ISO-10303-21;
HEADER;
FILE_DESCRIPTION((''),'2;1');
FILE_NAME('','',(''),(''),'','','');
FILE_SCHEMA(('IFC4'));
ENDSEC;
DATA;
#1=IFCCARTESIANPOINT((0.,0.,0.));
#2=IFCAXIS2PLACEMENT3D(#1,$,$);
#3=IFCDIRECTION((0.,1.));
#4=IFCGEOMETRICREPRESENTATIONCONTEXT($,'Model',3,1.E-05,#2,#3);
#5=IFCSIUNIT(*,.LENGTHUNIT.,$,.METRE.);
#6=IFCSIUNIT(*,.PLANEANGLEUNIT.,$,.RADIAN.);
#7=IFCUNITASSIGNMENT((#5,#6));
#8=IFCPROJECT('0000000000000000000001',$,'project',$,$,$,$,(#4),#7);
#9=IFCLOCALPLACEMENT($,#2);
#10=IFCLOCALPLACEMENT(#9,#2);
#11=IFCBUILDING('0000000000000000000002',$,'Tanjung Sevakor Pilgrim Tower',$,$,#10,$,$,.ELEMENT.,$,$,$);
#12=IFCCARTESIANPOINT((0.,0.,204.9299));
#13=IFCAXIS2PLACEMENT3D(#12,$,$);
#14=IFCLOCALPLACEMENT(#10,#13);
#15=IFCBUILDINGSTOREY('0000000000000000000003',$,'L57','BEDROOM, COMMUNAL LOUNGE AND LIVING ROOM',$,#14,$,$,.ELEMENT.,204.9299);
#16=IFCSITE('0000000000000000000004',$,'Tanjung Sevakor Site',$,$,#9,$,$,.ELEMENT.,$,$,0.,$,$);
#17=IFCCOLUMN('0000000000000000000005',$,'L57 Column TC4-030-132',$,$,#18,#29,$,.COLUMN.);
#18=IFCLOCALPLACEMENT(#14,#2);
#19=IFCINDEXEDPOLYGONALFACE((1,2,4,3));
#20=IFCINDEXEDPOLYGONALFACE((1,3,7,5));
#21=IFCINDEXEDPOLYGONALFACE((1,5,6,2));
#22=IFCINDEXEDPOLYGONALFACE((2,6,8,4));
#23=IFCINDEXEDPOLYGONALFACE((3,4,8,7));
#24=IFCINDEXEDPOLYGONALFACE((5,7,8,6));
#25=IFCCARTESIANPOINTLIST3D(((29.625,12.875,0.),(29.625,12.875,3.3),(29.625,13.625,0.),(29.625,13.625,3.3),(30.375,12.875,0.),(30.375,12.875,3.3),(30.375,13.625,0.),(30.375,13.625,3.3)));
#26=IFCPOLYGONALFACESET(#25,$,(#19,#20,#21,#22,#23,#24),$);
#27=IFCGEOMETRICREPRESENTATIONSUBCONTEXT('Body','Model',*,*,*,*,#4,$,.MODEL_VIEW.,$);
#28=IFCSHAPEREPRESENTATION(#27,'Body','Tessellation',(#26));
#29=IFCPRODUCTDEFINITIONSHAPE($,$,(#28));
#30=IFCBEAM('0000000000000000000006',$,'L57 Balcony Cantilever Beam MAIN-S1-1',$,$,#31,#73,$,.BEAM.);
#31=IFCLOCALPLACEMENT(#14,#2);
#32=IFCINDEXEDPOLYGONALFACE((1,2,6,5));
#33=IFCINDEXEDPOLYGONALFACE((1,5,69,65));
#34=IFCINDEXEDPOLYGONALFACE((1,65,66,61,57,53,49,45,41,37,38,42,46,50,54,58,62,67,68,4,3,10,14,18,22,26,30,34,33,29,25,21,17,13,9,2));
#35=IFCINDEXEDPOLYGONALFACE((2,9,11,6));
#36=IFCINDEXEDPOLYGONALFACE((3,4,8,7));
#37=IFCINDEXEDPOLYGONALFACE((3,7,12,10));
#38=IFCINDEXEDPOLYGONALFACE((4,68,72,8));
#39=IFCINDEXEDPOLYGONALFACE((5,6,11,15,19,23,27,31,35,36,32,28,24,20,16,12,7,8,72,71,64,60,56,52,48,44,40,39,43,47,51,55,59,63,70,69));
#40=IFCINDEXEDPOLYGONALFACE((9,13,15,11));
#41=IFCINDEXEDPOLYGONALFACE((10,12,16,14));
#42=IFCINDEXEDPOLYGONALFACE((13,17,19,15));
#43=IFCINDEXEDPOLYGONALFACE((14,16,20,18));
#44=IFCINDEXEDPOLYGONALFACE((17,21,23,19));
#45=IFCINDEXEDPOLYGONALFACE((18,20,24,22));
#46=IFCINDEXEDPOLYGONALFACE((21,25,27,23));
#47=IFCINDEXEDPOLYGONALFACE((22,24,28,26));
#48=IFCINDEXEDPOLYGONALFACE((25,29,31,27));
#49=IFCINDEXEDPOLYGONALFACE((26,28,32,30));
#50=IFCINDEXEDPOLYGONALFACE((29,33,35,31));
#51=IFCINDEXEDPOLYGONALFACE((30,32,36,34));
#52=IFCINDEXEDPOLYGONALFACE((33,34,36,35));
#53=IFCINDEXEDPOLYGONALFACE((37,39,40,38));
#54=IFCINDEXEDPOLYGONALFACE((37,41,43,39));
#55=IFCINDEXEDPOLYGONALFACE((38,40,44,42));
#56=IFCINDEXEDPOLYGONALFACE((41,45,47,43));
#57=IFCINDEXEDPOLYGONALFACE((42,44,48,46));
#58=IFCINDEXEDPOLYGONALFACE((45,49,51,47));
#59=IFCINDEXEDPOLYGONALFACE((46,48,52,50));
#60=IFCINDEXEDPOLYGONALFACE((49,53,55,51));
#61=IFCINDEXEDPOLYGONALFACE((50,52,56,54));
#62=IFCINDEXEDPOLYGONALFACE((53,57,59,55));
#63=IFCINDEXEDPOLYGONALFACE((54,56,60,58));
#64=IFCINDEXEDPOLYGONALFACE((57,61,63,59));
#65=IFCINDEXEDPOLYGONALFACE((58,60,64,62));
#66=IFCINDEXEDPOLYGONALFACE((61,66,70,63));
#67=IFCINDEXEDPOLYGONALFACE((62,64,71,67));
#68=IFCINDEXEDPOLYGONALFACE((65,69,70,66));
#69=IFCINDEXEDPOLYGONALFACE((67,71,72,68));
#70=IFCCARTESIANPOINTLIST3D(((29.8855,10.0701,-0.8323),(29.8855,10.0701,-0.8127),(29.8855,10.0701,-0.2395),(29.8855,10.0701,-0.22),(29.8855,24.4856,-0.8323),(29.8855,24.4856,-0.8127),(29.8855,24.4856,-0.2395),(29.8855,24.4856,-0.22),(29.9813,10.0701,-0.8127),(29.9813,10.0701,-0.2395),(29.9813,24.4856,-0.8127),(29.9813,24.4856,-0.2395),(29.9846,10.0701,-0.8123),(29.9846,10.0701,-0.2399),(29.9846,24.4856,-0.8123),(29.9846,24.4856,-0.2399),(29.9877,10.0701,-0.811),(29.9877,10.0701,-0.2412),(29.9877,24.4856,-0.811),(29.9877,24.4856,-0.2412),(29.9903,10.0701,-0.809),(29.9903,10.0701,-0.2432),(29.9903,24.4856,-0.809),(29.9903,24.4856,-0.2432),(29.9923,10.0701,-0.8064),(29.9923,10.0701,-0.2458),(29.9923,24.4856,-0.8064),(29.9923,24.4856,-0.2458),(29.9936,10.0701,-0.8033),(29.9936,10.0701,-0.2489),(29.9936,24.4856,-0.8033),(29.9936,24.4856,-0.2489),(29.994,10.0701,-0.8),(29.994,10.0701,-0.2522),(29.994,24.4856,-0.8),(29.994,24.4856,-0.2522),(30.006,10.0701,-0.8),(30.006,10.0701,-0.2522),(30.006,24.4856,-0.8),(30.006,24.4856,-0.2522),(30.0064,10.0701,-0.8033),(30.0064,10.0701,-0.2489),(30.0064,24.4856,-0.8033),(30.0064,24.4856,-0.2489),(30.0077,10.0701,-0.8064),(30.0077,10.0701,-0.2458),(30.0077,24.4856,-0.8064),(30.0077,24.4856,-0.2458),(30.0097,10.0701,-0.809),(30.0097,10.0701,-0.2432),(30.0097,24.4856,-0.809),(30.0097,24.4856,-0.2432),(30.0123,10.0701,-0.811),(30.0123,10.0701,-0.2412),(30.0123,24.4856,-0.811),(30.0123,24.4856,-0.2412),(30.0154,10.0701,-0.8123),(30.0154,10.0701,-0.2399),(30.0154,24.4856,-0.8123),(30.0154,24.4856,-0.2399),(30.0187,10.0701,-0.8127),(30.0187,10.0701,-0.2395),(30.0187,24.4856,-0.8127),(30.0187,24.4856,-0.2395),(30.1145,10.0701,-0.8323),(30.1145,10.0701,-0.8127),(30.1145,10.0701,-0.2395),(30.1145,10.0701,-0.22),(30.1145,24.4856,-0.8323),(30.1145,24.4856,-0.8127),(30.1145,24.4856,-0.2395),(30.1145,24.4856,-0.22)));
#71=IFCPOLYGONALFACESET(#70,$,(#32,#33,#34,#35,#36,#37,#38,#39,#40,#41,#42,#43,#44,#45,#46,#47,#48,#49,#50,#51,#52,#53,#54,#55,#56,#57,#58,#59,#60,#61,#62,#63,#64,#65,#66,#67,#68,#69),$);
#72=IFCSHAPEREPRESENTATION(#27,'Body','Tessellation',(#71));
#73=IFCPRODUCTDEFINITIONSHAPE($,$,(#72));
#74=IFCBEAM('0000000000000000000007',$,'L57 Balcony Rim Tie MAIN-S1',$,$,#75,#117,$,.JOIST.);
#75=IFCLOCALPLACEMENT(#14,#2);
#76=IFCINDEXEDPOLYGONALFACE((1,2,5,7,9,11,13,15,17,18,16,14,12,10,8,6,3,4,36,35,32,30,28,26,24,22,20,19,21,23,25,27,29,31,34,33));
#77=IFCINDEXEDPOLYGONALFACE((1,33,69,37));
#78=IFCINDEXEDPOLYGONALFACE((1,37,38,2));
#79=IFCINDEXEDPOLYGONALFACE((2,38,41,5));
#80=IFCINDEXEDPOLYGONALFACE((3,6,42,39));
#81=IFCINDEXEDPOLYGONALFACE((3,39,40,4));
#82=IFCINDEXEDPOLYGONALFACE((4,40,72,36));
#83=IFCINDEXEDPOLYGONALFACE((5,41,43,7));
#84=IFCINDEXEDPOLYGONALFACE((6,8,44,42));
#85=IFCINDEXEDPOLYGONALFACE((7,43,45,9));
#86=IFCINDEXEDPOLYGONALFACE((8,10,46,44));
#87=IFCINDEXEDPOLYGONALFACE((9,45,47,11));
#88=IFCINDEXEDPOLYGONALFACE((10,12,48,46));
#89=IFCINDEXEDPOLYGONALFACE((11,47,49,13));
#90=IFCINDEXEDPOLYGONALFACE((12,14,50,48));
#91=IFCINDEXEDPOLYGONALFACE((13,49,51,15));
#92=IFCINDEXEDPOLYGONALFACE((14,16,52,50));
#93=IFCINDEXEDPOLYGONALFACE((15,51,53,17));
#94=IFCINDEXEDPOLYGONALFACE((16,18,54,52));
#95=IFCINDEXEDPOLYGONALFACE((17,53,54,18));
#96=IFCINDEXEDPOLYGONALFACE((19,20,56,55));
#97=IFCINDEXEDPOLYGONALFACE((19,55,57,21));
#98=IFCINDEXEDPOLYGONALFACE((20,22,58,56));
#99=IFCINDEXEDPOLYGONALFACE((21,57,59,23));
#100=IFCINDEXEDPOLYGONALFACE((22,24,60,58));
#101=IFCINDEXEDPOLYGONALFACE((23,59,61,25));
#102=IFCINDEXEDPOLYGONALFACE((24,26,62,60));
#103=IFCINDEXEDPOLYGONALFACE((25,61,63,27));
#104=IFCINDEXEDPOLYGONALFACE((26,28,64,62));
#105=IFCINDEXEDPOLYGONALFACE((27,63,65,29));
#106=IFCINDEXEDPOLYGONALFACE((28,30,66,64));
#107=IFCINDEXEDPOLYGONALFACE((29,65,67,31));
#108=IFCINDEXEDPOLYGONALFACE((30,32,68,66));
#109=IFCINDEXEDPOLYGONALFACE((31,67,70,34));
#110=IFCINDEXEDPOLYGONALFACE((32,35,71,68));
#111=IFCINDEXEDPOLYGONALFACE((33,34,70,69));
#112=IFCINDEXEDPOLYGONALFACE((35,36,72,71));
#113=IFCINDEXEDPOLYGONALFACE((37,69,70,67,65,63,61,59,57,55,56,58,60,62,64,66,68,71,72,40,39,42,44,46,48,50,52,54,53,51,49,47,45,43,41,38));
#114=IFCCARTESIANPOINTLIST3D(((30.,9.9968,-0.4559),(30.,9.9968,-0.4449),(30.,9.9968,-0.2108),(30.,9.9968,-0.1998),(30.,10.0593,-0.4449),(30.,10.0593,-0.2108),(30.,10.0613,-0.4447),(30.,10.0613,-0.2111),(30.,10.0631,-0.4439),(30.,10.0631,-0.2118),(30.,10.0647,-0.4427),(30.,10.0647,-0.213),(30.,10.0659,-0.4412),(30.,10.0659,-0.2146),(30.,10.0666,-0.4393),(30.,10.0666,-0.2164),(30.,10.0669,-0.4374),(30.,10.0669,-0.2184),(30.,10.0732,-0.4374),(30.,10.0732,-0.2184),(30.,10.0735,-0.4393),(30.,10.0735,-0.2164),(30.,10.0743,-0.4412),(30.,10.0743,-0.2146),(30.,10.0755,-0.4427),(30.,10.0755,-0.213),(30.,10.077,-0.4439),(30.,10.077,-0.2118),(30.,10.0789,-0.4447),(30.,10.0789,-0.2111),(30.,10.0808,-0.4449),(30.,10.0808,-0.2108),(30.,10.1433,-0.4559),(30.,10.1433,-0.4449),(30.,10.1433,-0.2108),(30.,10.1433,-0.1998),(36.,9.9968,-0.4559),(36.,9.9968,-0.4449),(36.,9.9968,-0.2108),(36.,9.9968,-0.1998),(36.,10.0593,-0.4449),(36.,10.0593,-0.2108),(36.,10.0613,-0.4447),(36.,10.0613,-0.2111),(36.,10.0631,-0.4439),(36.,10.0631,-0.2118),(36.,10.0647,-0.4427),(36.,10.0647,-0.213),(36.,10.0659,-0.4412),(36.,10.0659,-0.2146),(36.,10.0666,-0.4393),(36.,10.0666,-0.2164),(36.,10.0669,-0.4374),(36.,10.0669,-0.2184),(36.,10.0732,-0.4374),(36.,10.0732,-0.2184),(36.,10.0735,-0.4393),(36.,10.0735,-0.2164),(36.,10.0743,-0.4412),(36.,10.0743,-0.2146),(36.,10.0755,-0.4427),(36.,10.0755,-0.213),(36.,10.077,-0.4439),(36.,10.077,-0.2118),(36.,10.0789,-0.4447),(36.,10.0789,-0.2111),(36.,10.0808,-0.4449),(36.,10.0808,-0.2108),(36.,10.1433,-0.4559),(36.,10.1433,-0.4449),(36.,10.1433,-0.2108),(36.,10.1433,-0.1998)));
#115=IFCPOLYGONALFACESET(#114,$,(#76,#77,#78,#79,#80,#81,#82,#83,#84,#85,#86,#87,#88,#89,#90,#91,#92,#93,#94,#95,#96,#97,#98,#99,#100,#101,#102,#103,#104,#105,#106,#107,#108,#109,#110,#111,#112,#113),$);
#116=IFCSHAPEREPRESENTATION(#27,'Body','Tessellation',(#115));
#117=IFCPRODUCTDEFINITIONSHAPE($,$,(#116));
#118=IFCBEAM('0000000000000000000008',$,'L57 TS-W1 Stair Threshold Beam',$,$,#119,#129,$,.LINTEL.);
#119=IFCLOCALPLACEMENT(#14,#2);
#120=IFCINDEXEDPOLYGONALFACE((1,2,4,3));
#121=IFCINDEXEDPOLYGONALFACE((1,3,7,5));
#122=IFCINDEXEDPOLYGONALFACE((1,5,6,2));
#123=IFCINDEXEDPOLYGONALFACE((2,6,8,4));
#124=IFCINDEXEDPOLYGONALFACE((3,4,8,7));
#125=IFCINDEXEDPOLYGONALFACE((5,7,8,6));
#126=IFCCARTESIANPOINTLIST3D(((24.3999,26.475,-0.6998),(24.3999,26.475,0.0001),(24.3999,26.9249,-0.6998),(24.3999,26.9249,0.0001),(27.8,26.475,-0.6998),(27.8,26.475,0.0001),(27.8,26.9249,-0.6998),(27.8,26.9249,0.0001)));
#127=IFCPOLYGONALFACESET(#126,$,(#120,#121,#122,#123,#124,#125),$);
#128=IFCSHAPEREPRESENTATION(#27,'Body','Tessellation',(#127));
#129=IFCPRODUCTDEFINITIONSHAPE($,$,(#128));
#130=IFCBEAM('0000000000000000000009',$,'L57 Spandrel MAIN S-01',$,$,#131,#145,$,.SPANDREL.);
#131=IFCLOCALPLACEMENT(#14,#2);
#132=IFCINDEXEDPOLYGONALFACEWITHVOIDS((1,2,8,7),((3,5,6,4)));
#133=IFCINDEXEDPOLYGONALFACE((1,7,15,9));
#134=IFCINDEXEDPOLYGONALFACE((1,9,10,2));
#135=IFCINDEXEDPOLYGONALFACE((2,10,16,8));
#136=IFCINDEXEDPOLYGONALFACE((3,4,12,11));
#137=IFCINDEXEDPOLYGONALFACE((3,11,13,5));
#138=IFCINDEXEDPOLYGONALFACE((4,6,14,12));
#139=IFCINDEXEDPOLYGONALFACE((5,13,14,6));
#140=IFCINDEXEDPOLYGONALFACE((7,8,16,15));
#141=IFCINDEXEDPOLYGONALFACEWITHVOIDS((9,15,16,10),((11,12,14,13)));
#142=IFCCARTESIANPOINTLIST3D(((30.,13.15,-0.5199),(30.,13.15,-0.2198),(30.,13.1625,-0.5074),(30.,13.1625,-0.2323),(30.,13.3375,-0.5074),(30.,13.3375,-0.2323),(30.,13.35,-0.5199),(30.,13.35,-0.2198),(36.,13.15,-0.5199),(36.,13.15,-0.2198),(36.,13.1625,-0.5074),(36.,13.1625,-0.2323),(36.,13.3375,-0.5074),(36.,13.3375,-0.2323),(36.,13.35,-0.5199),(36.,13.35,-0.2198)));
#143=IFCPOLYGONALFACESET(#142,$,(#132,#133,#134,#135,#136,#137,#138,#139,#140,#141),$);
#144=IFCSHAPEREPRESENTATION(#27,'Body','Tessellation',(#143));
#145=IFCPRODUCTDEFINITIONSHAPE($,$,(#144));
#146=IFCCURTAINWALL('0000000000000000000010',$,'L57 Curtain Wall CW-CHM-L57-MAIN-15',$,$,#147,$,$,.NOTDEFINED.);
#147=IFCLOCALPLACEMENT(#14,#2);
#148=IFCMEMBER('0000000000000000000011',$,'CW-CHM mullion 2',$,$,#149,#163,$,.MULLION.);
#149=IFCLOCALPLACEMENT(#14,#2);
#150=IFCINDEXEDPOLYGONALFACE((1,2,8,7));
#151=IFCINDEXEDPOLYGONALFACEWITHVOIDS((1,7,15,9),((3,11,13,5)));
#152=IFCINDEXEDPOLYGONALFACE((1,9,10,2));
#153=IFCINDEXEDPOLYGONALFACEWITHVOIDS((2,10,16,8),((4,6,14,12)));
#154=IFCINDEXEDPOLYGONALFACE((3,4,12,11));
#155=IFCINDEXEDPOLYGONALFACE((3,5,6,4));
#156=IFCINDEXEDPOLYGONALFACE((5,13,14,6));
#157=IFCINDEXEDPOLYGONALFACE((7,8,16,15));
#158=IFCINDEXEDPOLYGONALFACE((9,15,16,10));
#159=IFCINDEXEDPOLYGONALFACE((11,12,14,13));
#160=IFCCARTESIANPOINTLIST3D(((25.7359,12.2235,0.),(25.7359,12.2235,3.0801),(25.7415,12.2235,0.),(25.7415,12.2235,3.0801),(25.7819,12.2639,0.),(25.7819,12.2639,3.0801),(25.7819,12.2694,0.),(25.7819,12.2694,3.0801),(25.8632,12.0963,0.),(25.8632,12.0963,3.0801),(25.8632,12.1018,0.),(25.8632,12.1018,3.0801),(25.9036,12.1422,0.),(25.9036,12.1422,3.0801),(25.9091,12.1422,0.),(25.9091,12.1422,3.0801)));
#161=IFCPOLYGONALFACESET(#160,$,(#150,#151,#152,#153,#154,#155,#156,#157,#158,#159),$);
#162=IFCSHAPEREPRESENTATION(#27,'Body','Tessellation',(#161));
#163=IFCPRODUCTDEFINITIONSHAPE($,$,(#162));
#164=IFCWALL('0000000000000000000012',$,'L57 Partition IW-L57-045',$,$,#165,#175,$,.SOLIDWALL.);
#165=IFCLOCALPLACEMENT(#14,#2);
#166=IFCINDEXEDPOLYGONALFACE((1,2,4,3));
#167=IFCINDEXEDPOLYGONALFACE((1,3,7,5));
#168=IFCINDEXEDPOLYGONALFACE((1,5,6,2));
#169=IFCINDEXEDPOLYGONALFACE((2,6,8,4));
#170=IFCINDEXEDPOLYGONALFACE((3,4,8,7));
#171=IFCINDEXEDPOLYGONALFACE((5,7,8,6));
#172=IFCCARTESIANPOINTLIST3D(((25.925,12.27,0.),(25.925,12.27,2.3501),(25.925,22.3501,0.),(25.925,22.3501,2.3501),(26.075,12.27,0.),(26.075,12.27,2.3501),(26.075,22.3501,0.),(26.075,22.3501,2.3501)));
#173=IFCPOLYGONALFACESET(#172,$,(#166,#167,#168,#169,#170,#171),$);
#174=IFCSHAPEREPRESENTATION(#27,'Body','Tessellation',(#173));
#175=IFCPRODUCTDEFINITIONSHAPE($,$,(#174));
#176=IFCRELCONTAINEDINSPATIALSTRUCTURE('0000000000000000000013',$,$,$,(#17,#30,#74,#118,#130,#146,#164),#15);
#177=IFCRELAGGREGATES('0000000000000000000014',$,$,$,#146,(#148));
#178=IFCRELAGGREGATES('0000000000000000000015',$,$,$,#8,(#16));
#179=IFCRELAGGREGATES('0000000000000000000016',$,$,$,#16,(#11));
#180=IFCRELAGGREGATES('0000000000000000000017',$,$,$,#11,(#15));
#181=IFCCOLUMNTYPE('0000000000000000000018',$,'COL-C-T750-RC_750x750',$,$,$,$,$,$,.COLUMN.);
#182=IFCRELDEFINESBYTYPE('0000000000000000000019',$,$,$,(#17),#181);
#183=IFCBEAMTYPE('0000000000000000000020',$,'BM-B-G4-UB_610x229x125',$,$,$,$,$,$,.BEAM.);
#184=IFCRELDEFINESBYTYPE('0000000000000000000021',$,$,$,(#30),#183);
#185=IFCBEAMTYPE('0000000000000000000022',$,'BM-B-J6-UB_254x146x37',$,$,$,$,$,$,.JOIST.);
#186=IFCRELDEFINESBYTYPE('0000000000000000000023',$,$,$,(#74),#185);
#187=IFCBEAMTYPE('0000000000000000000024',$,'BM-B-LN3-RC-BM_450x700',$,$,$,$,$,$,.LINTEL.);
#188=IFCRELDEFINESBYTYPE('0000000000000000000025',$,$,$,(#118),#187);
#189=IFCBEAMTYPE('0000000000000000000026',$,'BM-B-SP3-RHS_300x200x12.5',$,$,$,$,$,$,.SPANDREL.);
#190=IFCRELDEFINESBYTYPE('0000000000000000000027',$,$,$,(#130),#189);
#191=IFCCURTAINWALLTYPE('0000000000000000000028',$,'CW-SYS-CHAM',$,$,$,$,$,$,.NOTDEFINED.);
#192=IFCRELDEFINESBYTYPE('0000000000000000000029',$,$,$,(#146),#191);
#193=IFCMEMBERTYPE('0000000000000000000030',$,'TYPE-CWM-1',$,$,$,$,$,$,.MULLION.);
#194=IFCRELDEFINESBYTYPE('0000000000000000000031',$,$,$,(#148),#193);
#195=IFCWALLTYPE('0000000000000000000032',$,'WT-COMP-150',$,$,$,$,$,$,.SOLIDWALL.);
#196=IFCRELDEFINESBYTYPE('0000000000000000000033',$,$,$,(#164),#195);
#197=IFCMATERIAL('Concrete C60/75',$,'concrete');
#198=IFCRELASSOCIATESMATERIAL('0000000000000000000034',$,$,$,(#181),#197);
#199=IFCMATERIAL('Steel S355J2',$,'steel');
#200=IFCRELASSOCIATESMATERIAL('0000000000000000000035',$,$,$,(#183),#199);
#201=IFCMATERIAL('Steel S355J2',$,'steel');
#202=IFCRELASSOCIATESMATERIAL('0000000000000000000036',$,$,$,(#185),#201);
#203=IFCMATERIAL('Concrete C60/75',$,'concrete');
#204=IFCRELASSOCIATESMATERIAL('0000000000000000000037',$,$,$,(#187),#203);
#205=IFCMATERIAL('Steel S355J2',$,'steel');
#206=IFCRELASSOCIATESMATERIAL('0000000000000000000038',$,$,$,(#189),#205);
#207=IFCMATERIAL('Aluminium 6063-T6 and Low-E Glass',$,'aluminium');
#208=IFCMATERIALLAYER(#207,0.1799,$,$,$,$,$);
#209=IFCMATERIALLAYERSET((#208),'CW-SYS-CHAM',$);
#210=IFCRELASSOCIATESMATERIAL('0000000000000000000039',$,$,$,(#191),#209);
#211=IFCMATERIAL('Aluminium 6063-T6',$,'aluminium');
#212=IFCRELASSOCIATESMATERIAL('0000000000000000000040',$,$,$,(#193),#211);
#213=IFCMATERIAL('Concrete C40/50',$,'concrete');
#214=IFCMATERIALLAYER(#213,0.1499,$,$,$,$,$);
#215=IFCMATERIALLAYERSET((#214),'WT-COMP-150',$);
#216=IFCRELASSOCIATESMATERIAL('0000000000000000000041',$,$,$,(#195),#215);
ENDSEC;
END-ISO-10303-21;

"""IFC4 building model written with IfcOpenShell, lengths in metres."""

from ifc_helpers import new_model, si_unit, direction, frame, frame_2d, origin, origin_2d, place, context, subcontext, project, spatial, rectangle, hollow_rectangle, i_section, extrude, material, layer, layer_set, material_profile, profile_set, type_object, element, aggregate, save


model = new_model("IFC4")

# Units and contexts
model_context = context("Model", 3, precision=1e-05, world=origin(), true_north=direction((0.0, 1.0)))
body_context = subcontext(model_context, "Body", "Model", "MODEL_VIEW")
ifc_project = project(units=[si_unit("LENGTHUNIT", "METRE"), si_unit("PLANEANGLEUNIT", "RADIAN")], contexts=[model_context])

# Site, building, storey
site_placement = place(None, origin())
site = spatial("IfcSite", under=ifc_project, at=site_placement, Name="Tanjung Sevakor Site", CompositionType="ELEMENT", RefElevation=0.0)
building_placement = place(site_placement, origin())
building = spatial("IfcBuilding", under=site, at=building_placement, Name="Tanjung Sevakor Pilgrim Tower", CompositionType="ELEMENT")
storey_placement = place(building_placement, frame((0.0, 0.0, 204.9299)))
storey = spatial("IfcBuildingStorey", under=building, at=storey_placement, Name="L57", Description="BEDROOM, COMMUNAL LOUNGE AND LIVING ROOM", CompositionType="ELEMENT", Elevation=204.9299)

# Column
ifc_material_1 = material(Name="Concrete C60/75", Category="concrete")
ifc_material_profile_1 = material_profile(ifc_material_1, rectangle(XDim=0.75, YDim=0.75, at=origin_2d()))
ifc_profile_set_1 = profile_set([ifc_material_profile_1], Name="Concrete C60/75")
column_type = type_object("IfcColumnType", Name="COL-C-T750-RC_750x750", PredefinedType="COLUMN", material=ifc_profile_set_1)
column_placement = place(storey_placement, frame((30.0, 13.25, 0.0), z_axis=(0.0, 0.0, 1.0), x_axis=(1.0, 0.0, 0.0)))
element("IfcColumn", 1, at=column_placement, inside=storey, type_object=column_type, Name="L57 Column TC4-030-132", PredefinedType="COLUMN", context=body_context, shape_type="SweptSolid", body=[
    extrude(rectangle(XDim=0.75, YDim=0.75, at=origin_2d()), origin(), (0.0, 0.0, 1.0), 3.3),
])

# Beams
ifc_material_2 = material(Name="Steel S355J2", Category="steel")
ifc_material_profile_2 = material_profile(ifc_material_2, i_section(OverallWidth=0.229, OverallDepth=0.6123, WebThickness=0.012, FlangeThickness=0.0195, FilletRadius=0.0127, at=origin_2d()))
ifc_profile_set_2 = profile_set([ifc_material_profile_2], Name="Steel S355J2")
beam_type_1 = type_object("IfcBeamType", Name="BM-B-G4-UB_610x229x125", PredefinedType="BEAM", material=ifc_profile_set_2)
beam_1_placement = place(storey_placement, frame((30.0, 24.4856, -0.5261), z_axis=(0.0, -1.0, 0.0), x_axis=(1.0, 0.0, 0.0)))
element("IfcBeam", 2, at=beam_1_placement, inside=storey, type_object=beam_type_1, Name="L57 Balcony Cantilever Beam MAIN-S1-1", PredefinedType="BEAM", context=body_context, shape_type="SweptSolid", body=[
    extrude(i_section(OverallWidth=0.229, OverallDepth=0.6123, WebThickness=0.012, FlangeThickness=0.0195, FilletRadius=0.0127, at=origin_2d()), origin(), (0.0, 0.0, 1.0), 14.4155),
])
ifc_material_3 = material(Name="Steel S355J2", Category="steel")
ifc_material_profile_3 = material_profile(ifc_material_3, i_section(OverallWidth=0.1465, OverallDepth=0.2561, WebThickness=0.0063, FlangeThickness=0.011, FilletRadius=0.0076, at=origin_2d()))
ifc_profile_set_3 = profile_set([ifc_material_profile_3], Name="Steel S355J2")
beam_type_2 = type_object("IfcBeamType", Name="BM-B-J6-UB_254x146x37", PredefinedType="JOIST", material=ifc_profile_set_3)
beam_2_placement = place(storey_placement, frame((30.0, 10.0701, -0.3279), z_axis=(1.0, 0.0, 0.0), x_axis=(0.0, 1.0, 0.0)))
element("IfcBeam", 3, at=beam_2_placement, inside=storey, type_object=beam_type_2, Name="L57 Balcony Rim Tie MAIN-S1", PredefinedType="JOIST", context=body_context, shape_type="SweptSolid", body=[
    extrude(i_section(OverallWidth=0.1465, OverallDepth=0.2561, WebThickness=0.0063, FlangeThickness=0.011, FilletRadius=0.0076, at=origin_2d()), origin(), (0.0, 0.0, 1.0), 6.0),
])
ifc_material_4 = material(Name="Concrete C60/75", Category="concrete")
ifc_material_profile_4 = material_profile(ifc_material_4, rectangle(XDim=0.45, YDim=0.7, at=origin_2d()))
ifc_profile_set_4 = profile_set([ifc_material_profile_4], Name="Concrete C60/75")
beam_type_3 = type_object("IfcBeamType", Name="BM-B-LN3-RC-BM_450x700", PredefinedType="LINTEL", material=ifc_profile_set_4)
beam_3_placement = place(storey_placement, frame((24.3999, 26.7, -0.3499), z_axis=(1.0, 0.0, 0.0), x_axis=(0.0, 1.0, 0.0)))
element("IfcBeam", 4, at=beam_3_placement, inside=storey, type_object=beam_type_3, Name="L57 TS-W1 Stair Threshold Beam", PredefinedType="LINTEL", context=body_context, shape_type="SweptSolid", body=[
    extrude(rectangle(XDim=0.45, YDim=0.7, at=origin_2d()), origin(), (0.0, 0.0, 1.0), 3.4001),
])
ifc_material_5 = material(Name="Steel S355J2", Category="steel")
ifc_material_profile_5 = material_profile(ifc_material_5, hollow_rectangle(XDim=0.2, YDim=0.3, WallThickness=0.0125, at=origin_2d()))
ifc_profile_set_5 = profile_set([ifc_material_profile_5], Name="Steel S355J2")
beam_type_4 = type_object("IfcBeamType", Name="BM-B-SP3-RHS_300x200x12.5", PredefinedType="SPANDREL", material=ifc_profile_set_5)
beam_4_placement = place(storey_placement, frame((30.0, 13.25, -0.3699), z_axis=(1.0, 0.0, 0.0), x_axis=(0.0, 1.0, 0.0)))
element("IfcBeam", 5, at=beam_4_placement, inside=storey, type_object=beam_type_4, Name="L57 Spandrel MAIN S-01", PredefinedType="SPANDREL", context=body_context, shape_type="SweptSolid", body=[
    extrude(hollow_rectangle(XDim=0.2, YDim=0.3, WallThickness=0.0125, at=origin_2d()), origin(), (0.0, 0.0, 1.0), 6.0),
])

# Curtain wall, member
ifc_material_6 = material(Name="Aluminium 6063-T6 and Low-E Glass", Category="aluminium")
ifc_layer_1 = layer(ifc_material_6, 0.1799)
ifc_layer_set_1 = layer_set([ifc_layer_1], Name="CW-SYS-CHAM")
curtain_wall_type = type_object("IfcCurtainWallType", Name="CW-SYS-CHAM", PredefinedType="NOTDEFINED", material=ifc_layer_set_1)
curtain_wall_placement = place(storey_placement, origin())
curtain_wall = element("IfcCurtainWall", 6, at=curtain_wall_placement, inside=storey, type_object=curtain_wall_type, Name="L57 Curtain Wall CW-CHM-L57-MAIN-15", PredefinedType="NOTDEFINED")
ifc_material_7 = material(Name="Aluminium 6063-T6", Category="aluminium")
ifc_material_profile_6 = material_profile(ifc_material_7, hollow_rectangle(XDim=0.0649, YDim=0.1799, WallThickness=0.0039, at=origin_2d()))
ifc_profile_set_6 = profile_set([ifc_material_profile_6], Name="Aluminium 6063-T6")
member_type = type_object("IfcMemberType", Name="TYPE-CWM-1", PredefinedType="MULLION", material=ifc_profile_set_6)
member_placement = place(storey_placement, frame((25.8225, 12.1829, 0.0), z_axis=(0.0, 0.0, 1.0), x_axis=(0.707107, 0.707107, 0.0)))
member = element("IfcMember", 7, at=member_placement, type_object=member_type, Name="CW-CHM mullion 2", PredefinedType="MULLION", context=body_context, shape_type="SweptSolid", body=[
    extrude(hollow_rectangle(XDim=0.0649, YDim=0.1799, WallThickness=0.0039, at=origin_2d()), origin(), (0.0, 0.0, 1.0), 3.0801),
])
aggregate(curtain_wall, [member])

# Wall
ifc_material_8 = material(Name="Concrete C40/50", Category="concrete")
ifc_layer_2 = layer(ifc_material_8, 0.1499)
ifc_layer_set_2 = layer_set([ifc_layer_2], Name="WT-COMP-150")
wall_type_1 = type_object("IfcWallType", Name="WT-COMP-150", PredefinedType="SOLIDWALL", material=ifc_layer_set_2)
for number, where, z_axis, x_axis, name in (
    (8, (26.0, 12.27, 0.0), (0.0, 0.0, 1.0), (0.0, 1.0, 0.0), "L57 Partition IW-L57-045"),
):
    element("IfcWall", number, at=place(storey_placement, frame(where, z_axis=z_axis, x_axis=x_axis)), inside=storey, type_object=wall_type_1, Name=name, PredefinedType="SOLIDWALL", context=body_context, shape_type="SweptSolid", body=[
        extrude(rectangle(XDim=10.0801, YDim=0.1499, at=frame_2d((5.04, 0.0))), origin(), (0.0, 0.0, 1.0), 2.3501),
    ])

save(model, "model.ifc")
